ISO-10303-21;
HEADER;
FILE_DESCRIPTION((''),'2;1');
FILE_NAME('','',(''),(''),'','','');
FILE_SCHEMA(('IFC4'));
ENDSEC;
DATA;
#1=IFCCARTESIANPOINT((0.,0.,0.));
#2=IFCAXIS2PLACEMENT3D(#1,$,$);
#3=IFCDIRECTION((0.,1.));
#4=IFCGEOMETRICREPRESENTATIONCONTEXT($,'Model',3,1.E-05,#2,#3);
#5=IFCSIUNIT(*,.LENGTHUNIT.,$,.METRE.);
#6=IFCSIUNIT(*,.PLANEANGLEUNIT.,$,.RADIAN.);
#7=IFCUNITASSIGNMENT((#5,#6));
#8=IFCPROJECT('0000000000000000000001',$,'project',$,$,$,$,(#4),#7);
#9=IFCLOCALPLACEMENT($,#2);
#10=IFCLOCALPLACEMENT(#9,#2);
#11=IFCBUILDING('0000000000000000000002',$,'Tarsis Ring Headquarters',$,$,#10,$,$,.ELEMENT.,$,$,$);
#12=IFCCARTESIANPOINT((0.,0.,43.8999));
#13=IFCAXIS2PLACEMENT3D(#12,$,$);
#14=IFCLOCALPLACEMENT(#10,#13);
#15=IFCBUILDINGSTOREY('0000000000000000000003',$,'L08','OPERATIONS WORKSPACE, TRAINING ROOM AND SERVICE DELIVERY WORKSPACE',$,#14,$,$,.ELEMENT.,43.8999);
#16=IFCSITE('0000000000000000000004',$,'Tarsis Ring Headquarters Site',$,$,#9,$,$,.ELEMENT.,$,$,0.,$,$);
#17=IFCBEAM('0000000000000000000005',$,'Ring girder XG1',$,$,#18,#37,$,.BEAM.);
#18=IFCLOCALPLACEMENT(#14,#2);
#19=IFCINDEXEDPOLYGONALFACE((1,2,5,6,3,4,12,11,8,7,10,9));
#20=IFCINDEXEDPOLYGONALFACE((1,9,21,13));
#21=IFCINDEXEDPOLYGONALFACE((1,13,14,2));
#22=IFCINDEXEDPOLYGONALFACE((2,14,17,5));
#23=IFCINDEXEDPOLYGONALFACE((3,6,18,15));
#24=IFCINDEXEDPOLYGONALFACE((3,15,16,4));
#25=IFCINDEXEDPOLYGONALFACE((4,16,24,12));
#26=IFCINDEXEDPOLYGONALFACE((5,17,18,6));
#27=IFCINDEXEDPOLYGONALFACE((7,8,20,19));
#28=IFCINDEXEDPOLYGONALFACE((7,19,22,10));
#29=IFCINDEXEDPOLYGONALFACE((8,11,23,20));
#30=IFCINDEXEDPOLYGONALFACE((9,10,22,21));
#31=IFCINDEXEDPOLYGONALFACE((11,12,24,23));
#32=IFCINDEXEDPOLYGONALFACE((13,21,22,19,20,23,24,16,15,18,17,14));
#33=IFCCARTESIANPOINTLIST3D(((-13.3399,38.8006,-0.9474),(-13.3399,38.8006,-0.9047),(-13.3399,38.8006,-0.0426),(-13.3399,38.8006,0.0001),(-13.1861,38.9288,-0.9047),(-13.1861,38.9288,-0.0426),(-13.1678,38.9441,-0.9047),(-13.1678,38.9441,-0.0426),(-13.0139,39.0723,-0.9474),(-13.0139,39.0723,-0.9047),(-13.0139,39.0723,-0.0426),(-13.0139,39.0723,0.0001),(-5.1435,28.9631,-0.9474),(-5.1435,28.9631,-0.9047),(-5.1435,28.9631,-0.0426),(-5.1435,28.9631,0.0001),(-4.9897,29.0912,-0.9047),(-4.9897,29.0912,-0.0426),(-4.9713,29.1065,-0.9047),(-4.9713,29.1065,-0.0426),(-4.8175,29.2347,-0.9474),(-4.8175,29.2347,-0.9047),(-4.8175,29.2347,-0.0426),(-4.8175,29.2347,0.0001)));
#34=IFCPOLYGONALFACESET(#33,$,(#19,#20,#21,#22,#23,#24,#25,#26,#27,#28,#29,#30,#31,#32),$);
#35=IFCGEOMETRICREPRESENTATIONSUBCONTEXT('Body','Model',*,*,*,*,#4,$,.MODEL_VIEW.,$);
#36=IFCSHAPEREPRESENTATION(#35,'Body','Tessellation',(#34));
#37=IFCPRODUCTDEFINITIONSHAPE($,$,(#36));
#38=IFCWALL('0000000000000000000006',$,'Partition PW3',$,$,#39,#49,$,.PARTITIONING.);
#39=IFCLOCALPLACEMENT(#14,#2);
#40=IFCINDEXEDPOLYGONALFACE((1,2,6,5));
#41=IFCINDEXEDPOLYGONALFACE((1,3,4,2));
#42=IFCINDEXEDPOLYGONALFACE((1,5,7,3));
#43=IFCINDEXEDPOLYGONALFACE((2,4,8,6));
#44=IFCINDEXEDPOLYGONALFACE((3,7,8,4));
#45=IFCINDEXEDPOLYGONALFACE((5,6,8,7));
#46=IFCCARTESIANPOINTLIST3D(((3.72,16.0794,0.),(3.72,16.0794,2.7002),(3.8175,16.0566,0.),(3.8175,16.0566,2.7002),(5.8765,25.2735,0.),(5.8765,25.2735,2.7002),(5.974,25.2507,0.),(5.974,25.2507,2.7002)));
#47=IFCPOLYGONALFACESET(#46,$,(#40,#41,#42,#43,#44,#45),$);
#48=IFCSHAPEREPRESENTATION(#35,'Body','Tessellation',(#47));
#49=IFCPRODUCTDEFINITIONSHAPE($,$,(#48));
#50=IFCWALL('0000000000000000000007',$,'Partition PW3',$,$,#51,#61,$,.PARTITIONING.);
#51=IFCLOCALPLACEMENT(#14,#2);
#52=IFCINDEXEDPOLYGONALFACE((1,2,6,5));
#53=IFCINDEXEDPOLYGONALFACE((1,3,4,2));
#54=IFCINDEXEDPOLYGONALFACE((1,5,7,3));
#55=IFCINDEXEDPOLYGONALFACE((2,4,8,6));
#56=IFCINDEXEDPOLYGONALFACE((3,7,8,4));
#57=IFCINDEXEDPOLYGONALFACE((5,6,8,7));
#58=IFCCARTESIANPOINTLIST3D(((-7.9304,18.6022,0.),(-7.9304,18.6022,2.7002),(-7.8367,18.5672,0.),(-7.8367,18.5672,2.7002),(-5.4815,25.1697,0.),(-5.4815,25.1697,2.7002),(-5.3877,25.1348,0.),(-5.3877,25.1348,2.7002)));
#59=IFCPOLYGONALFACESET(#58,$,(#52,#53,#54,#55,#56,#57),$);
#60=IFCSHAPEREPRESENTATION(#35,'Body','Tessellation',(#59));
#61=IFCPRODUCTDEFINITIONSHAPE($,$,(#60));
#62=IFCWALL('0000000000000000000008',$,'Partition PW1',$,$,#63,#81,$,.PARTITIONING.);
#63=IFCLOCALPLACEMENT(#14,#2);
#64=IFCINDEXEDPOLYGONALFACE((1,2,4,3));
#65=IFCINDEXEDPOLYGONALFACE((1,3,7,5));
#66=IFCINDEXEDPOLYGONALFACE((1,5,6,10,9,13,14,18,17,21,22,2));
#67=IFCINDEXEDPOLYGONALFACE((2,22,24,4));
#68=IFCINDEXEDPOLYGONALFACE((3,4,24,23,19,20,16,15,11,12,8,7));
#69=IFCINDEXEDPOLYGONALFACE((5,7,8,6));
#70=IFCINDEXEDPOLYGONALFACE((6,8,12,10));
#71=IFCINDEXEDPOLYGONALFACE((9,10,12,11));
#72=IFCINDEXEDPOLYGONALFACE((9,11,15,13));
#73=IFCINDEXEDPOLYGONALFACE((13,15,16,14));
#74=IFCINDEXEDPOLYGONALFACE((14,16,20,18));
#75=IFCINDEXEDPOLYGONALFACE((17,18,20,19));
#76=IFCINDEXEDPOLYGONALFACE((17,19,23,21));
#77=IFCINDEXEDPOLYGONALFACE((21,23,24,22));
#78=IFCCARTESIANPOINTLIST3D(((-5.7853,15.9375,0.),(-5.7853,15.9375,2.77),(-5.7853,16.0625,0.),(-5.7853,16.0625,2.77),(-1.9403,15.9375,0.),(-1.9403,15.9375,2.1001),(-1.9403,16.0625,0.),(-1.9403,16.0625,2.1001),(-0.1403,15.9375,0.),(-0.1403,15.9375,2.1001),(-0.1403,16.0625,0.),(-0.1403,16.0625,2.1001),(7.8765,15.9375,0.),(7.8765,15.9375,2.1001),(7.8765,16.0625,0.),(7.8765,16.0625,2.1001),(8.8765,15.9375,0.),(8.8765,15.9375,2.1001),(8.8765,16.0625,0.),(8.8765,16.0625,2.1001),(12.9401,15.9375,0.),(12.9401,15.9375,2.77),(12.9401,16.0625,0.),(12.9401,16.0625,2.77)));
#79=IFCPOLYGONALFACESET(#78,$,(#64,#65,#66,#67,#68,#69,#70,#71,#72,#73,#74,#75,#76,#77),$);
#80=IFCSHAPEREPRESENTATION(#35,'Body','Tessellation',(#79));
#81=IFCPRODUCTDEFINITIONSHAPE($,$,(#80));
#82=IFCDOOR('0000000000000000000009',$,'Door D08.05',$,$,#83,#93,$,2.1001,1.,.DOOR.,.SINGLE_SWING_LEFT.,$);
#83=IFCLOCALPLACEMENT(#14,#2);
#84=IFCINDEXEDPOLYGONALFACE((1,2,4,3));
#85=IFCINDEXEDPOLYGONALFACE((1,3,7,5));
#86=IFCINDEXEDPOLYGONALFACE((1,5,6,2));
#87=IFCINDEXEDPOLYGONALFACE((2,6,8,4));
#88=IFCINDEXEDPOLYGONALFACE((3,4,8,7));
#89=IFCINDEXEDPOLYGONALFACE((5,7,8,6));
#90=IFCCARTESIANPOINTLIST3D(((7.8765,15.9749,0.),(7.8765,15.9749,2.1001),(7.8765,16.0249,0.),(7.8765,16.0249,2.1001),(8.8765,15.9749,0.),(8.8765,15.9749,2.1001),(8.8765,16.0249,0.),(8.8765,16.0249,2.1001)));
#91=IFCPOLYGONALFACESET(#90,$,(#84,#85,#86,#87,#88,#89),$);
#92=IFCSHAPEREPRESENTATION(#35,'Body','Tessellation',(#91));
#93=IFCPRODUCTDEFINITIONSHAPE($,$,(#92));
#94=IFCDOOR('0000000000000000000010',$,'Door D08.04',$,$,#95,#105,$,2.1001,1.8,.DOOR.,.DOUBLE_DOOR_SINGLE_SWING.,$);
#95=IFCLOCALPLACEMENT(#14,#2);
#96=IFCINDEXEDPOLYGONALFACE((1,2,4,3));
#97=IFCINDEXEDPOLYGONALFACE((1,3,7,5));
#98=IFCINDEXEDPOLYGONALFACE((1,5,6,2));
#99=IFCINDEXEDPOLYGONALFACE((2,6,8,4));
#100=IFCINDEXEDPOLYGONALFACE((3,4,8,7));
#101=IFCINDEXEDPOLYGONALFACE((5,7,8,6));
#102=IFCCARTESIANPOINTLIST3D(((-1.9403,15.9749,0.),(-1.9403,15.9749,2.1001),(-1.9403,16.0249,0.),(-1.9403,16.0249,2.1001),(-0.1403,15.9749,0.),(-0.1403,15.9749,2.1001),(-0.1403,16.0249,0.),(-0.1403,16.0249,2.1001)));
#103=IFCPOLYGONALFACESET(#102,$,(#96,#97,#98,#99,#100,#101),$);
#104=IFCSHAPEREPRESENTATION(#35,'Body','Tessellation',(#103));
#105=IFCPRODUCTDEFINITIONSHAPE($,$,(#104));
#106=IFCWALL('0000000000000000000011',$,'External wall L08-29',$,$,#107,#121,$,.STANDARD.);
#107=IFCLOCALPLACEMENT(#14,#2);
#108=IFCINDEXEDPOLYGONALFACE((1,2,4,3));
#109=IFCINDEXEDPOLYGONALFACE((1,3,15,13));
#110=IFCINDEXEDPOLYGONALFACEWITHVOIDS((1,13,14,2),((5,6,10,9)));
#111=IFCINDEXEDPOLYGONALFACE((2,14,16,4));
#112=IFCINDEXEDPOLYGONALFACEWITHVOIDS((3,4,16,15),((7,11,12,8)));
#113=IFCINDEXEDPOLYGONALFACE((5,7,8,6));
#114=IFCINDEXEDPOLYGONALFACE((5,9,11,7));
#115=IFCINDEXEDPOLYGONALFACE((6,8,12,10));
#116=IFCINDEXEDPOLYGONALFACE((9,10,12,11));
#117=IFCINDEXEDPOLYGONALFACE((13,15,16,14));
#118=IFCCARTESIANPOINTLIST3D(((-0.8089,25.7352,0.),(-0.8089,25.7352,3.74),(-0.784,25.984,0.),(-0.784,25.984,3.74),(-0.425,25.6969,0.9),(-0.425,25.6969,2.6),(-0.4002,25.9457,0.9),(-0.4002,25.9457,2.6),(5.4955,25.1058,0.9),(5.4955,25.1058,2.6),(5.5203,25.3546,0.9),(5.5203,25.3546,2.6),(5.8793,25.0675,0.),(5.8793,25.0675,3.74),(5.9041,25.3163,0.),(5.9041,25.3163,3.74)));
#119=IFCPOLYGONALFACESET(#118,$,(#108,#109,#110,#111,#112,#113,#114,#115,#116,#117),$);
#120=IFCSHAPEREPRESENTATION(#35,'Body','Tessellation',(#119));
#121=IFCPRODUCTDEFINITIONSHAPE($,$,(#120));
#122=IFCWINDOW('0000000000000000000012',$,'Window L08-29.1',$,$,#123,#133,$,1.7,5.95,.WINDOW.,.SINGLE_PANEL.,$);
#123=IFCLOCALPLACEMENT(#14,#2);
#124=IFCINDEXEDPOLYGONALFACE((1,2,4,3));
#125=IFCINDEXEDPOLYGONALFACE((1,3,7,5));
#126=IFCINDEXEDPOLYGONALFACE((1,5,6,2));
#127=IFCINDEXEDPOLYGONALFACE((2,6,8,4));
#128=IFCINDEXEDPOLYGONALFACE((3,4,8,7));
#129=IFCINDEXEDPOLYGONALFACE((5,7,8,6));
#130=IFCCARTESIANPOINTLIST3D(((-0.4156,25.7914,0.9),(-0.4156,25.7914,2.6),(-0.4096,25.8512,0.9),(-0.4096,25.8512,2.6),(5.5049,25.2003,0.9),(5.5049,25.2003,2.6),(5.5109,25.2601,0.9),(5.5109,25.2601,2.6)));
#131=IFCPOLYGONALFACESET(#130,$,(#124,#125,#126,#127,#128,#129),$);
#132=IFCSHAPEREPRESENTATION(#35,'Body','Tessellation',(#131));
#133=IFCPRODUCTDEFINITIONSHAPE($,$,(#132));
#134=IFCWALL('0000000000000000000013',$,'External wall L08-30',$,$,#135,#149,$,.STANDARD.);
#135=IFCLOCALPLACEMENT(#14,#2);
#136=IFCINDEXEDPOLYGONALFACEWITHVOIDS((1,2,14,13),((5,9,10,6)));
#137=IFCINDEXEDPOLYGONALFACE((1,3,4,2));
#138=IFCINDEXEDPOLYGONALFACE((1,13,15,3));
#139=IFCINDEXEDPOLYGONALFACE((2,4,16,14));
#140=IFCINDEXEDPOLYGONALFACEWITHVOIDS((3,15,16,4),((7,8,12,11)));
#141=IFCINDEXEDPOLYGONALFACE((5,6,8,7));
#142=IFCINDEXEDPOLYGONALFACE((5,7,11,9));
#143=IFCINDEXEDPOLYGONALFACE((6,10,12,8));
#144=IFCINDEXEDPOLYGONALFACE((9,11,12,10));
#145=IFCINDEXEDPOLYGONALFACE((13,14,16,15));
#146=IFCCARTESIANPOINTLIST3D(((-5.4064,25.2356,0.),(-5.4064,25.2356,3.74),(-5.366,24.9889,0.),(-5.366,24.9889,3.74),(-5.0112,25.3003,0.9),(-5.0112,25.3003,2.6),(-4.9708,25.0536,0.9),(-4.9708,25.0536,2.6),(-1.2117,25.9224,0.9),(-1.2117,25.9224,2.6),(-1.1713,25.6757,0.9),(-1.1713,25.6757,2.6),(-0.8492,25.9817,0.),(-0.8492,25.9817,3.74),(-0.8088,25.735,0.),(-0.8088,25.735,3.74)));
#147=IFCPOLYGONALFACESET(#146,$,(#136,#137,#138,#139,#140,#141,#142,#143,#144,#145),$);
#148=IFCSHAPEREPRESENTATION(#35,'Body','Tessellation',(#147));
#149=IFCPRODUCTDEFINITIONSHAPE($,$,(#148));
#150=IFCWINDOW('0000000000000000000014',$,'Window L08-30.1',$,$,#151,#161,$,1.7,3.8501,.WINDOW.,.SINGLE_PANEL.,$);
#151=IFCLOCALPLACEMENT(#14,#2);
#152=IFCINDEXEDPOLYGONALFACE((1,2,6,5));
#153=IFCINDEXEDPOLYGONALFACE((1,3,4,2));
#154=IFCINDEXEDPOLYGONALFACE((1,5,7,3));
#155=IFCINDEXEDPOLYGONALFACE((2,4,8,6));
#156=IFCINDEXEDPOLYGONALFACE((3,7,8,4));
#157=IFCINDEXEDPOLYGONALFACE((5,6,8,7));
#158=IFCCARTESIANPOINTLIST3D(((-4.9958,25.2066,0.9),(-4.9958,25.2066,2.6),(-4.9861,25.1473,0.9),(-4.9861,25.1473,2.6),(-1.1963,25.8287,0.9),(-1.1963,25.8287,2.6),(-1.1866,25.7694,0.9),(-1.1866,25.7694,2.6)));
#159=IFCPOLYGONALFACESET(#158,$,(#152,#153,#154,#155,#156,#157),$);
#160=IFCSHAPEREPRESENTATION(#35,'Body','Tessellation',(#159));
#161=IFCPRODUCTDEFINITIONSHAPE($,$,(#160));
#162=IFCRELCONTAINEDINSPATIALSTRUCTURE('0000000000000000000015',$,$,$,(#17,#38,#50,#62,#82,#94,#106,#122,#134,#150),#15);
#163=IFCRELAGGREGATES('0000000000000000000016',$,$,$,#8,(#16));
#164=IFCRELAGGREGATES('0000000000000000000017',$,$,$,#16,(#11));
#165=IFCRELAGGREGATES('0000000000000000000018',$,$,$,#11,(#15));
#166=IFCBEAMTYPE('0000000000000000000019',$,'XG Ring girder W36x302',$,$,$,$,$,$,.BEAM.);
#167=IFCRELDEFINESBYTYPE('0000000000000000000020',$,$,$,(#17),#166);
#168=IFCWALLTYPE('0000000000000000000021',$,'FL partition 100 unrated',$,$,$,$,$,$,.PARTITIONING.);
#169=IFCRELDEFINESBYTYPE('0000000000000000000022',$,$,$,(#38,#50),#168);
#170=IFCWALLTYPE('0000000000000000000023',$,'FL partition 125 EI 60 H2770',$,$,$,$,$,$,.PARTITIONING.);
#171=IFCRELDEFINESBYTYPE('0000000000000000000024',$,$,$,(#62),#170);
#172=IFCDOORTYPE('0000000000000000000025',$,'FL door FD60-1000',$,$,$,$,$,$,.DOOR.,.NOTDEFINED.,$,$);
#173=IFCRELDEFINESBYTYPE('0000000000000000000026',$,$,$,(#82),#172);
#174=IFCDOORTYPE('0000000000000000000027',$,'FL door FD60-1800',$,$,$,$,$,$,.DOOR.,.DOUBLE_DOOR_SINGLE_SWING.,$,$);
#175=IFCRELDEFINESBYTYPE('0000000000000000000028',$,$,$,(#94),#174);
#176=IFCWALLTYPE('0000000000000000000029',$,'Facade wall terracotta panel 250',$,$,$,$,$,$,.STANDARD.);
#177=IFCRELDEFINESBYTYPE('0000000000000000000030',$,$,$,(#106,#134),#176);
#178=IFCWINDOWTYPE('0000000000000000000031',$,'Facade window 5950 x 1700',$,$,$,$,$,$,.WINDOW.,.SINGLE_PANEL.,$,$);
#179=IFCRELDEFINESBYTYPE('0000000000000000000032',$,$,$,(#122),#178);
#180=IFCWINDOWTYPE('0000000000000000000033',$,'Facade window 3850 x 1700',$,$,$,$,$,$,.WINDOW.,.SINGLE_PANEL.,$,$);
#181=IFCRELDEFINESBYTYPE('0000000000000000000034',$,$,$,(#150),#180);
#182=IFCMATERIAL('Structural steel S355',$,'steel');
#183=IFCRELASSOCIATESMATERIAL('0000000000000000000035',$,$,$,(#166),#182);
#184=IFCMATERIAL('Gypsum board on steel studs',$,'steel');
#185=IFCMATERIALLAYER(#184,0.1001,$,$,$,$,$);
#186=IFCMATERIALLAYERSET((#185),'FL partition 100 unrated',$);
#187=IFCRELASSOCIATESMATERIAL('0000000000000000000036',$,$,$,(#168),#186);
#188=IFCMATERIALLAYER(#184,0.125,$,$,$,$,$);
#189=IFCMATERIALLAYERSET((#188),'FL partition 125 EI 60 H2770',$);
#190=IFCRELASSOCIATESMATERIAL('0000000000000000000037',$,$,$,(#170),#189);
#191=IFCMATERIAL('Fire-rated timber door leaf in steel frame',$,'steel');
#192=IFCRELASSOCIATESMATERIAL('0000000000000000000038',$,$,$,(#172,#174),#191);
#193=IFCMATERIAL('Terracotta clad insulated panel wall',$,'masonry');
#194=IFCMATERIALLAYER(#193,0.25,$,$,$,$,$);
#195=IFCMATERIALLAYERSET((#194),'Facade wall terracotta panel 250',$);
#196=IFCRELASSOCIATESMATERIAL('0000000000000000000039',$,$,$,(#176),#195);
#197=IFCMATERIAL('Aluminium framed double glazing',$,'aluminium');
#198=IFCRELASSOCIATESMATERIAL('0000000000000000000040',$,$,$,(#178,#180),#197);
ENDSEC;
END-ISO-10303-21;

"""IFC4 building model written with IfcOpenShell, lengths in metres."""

from ifc_helpers import new_model, si_unit, direction, frame, frame_2d, origin, origin_2d, place, context, subcontext, project, spatial, rectangle, i_section, extrude, material, layer, layer_set, material_profile, profile_set, type_object, element, fill, save


model = new_model("IFC4")

# Units and contexts
model_context = context("Model", 3, precision=1e-05, world=origin(), true_north=direction((0.0, 1.0)))
body_context = subcontext(model_context, "Body", "Model", "MODEL_VIEW")
ifc_project = project(units=[si_unit("LENGTHUNIT", "METRE"), si_unit("PLANEANGLEUNIT", "RADIAN")], contexts=[model_context])

# Site, building, storey
site_placement = place(None, origin())
site = spatial("IfcSite", under=ifc_project, at=site_placement, Name="Tarsis Ring Headquarters Site", CompositionType="ELEMENT", RefElevation=0.0)
building_placement = place(site_placement, origin())
building = spatial("IfcBuilding", under=site, at=building_placement, Name="Tarsis Ring Headquarters", CompositionType="ELEMENT")
storey_placement = place(building_placement, frame((0.0, 0.0, 43.8999)))
storey = spatial("IfcBuildingStorey", under=building, at=storey_placement, Name="L08", Description="OPERATIONS WORKSPACE, TRAINING ROOM AND SERVICE DELIVERY WORKSPACE", CompositionType="ELEMENT", Elevation=43.8999)

# Beam
ifc_material_1 = material(Name="Structural steel S355", Category="steel")
ifc_material_profile_1 = material_profile(ifc_material_1, i_section(OverallWidth=0.4243, OverallDepth=0.9475, WebThickness=0.0239, FlangeThickness=0.0427, at=origin_2d()), Name="W36x302")
ifc_profile_set_1 = profile_set([ifc_material_profile_1], Name="Structural steel S355")
beam_type_1 = type_object("IfcBeamType", Name="XG Ring girder W36x302", PredefinedType="BEAM", material=ifc_profile_set_1)
beam_1_placement = place(storey_placement, frame((-4.9805, 29.0989, -0.4736), z_axis=(-0.640115, 0.768279, 0.0), x_axis=(-0.768279, -0.640115, 0.0)))
element("IfcBeam", 1, at=beam_1_placement, inside=storey, type_object=beam_type_1, Name="Ring girder XG1", PredefinedType="BEAM", context=body_context, shape_type="SweptSolid", body=[
    extrude(i_section(OverallWidth=0.4243, OverallDepth=0.9475, WebThickness=0.0239, FlangeThickness=0.0427, at=origin_2d()), origin(), (0.0, 0.0, 1.0), 12.8047),
])

# Walls
ifc_material_2 = material(Name="Gypsum board on steel studs", Category="steel")
ifc_layer_1 = layer(ifc_material_2, 0.1001)
ifc_layer_set_1 = layer_set([ifc_layer_1], Name="FL partition 100 unrated")
wall_type_1 = type_object("IfcWallType", Name="FL partition 100 unrated", PredefinedType="PARTITIONING", material=ifc_layer_set_1)
wall_1_placement = place(storey_placement, frame((3.7688, 16.0681, 0.0), z_axis=(0.0, 0.0, 1.0), x_axis=(0.228355, 0.973578, 0.0)))
element("IfcWall", 2, at=wall_1_placement, inside=storey, type_object=wall_type_1, Name="Partition PW3", PredefinedType="PARTITIONING", context=body_context, shape_type="SweptSolid", body=[
    extrude(rectangle(XDim=9.4436, YDim=0.1001, at=frame_2d((4.7217, 0.0))), origin(), (0.0, 0.0, 1.0), 2.7002),
])
wall_2_placement = place(storey_placement, frame((-7.8835, 18.5847, 0.0), z_axis=(0.0, 0.0, 1.0), x_axis=(0.349386, 0.936979, 0.0)))
element("IfcWall", 3, at=wall_2_placement, inside=storey, type_object=wall_type_1, Name="Partition PW3", PredefinedType="PARTITIONING", context=body_context, shape_type="SweptSolid", body=[
    extrude(rectangle(XDim=7.0093, YDim=0.1001, at=frame_2d((3.5046, 0.0))), origin(), (0.0, 0.0, 1.0), 2.7002),
])

# Wall, openings, doors
ifc_layer_2 = layer(ifc_material_2, 0.125)
ifc_layer_set_2 = layer_set([ifc_layer_2], Name="FL partition 125 EI 60 H2770")
wall_type_2 = type_object("IfcWallType", Name="FL partition 125 EI 60 H2770", PredefinedType="PARTITIONING", material=ifc_layer_set_2)
wall_3_placement = place(storey_placement, frame((-5.7854, 16.0, 0.0), z_axis=(0.0, 0.0, 1.0), x_axis=(1.0, 0.0, 0.0)))
wall_3 = element("IfcWall", 4, at=wall_3_placement, inside=storey, type_object=wall_type_2, Name="Partition PW1", PredefinedType="PARTITIONING", context=body_context, shape_type="SweptSolid", body=[
    extrude(rectangle(XDim=18.7253, YDim=0.125, at=frame_2d((9.3628, 0.0))), origin(), (0.0, 0.0, 1.0), 2.77),
])
opening_1_placement = place(wall_3_placement, frame((3.8452, 0.0, 0.0)))
opening_1 = element("IfcOpeningElement", 5, at=opening_1_placement, cuts=wall_3, PredefinedType="OPENING", context=body_context, shape_type="SweptSolid", body=[
    extrude(rectangle(XDim=1.8, YDim=2.1001, at=frame_2d((0.8999, 1.05))), frame((0.0, 0.0725, 0.0), z_axis=(0.0, -1.0, 0.0), x_axis=(1.0, 0.0, 0.0)), (0.0, 0.0, 1.0), 0.145),
])
opening_2_placement = place(wall_3_placement, frame((13.6619, 0.0, 0.0)))
opening_2 = element("IfcOpeningElement", 6, at=opening_2_placement, cuts=wall_3, PredefinedType="OPENING", context=body_context, shape_type="SweptSolid", body=[
    extrude(rectangle(XDim=1.0, YDim=2.1001, at=frame_2d((0.5, 1.05))), frame((0.0, 0.0725, 0.0), z_axis=(0.0, -1.0, 0.0), x_axis=(1.0, 0.0, 0.0)), (0.0, 0.0, 1.0), 0.145),
])
ifc_material_3 = material(Name="Fire-rated timber door leaf in steel frame", Category="steel")
door_type_1 = type_object("IfcDoorType", Name="FL door FD60-1000", OperationType="NOTDEFINED", PredefinedType="DOOR", material=ifc_material_3)
door_1_placement = place(opening_2_placement, origin())
door_1 = element("IfcDoor", 7, at=door_1_placement, inside=storey, type_object=door_type_1, Name="Door D08.05", OperationType="SINGLE_SWING_LEFT", OverallHeight=2.1001, OverallWidth=1.0, PredefinedType="DOOR", context=body_context, shape_type="SweptSolid", body=[
    extrude(rectangle(XDim=1.0, YDim=2.1001, at=frame_2d((0.5, 1.05))), frame((0.0, 0.0249, 0.0), z_axis=(0.0, -1.0, 0.0), x_axis=(1.0, 0.0, 0.0)), (0.0, 0.0, 1.0), 0.05),
])
fill(opening_2, door_1)
door_type_2 = type_object("IfcDoorType", Name="FL door FD60-1800", OperationType="DOUBLE_DOOR_SINGLE_SWING", PredefinedType="DOOR", material=ifc_material_3)
door_2_placement = place(opening_1_placement, origin())
door_2 = element("IfcDoor", 8, at=door_2_placement, inside=storey, type_object=door_type_2, Name="Door D08.04", OperationType="DOUBLE_DOOR_SINGLE_SWING", OverallHeight=2.1001, OverallWidth=1.8, PredefinedType="DOOR", context=body_context, shape_type="SweptSolid", body=[
    extrude(rectangle(XDim=1.8, YDim=2.1001, at=frame_2d((0.8999, 1.05))), frame((0.0, 0.0249, 0.0), z_axis=(0.0, -1.0, 0.0), x_axis=(1.0, 0.0, 0.0)), (0.0, 0.0, 1.0), 0.05),
])
fill(opening_1, door_2)

# Walls, openings, windows
ifc_material_4 = material(Name="Terracotta clad insulated panel wall", Category="masonry")
ifc_layer_3 = layer(ifc_material_4, 0.25)
ifc_layer_set_3 = layer_set([ifc_layer_3], Name="Facade wall terracotta panel 250")
wall_type_3 = type_object("IfcWallType", Name="Facade wall terracotta panel 250", PredefinedType="STANDARD", material=ifc_layer_set_3)
wall_4_placement = place(storey_placement, frame((5.8918, 25.1919, 0.0), z_axis=(0.0, 0.0, 1.0), x_axis=(-0.995053, 0.099342, 0.0)))
wall_4 = element("IfcWall", 9, at=wall_4_placement, inside=storey, type_object=wall_type_3, Name="External wall L08-29", PredefinedType="STANDARD", context=body_context, shape_type="SweptSolid", body=[
    extrude(rectangle(XDim=6.7214, YDim=0.25, at=frame_2d((3.3608, 0.0))), origin(), (0.0, 0.0, 1.0), 3.74),
])
opening_3_placement = place(wall_4_placement, frame((0.3857, 0.0, 0.8999)))
opening_3 = element("IfcOpeningElement", 10, at=opening_3_placement, cuts=wall_4, PredefinedType="OPENING", context=body_context, shape_type="SweptSolid", body=[
    extrude(rectangle(XDim=5.95, YDim=1.7, at=frame_2d((2.9751, 0.8501))), frame((0.0, 0.135, 0.0), z_axis=(0.0, -1.0, 0.0), x_axis=(1.0, 0.0, 0.0)), (0.0, 0.0, 1.0), 0.27),
])
ifc_material_5 = material(Name="Aluminium framed double glazing", Category="aluminium")
window_type_1 = type_object("IfcWindowType", Name="Facade window 5950 x 1700", PartitioningType="SINGLE_PANEL", PredefinedType="WINDOW", material=ifc_material_5)
window_1_placement = place(opening_3_placement, origin())
window_1 = element("IfcWindow", 11, at=window_1_placement, inside=storey, type_object=window_type_1, Name="Window L08-29.1", OverallHeight=1.7, OverallWidth=5.95, PartitioningType="SINGLE_PANEL", PredefinedType="WINDOW", context=body_context, shape_type="SweptSolid", body=[
    extrude(rectangle(XDim=5.95, YDim=1.7, at=frame_2d((2.9751, 0.8501))), frame((0.0, 0.03, 0.0), z_axis=(0.0, -1.0, 0.0), x_axis=(1.0, 0.0, 0.0)), (0.0, 0.0, 1.0), 0.0601),
])
fill(opening_3, window_1)
wall_5_placement = place(storey_placement, frame((-0.8289, 25.8584, 0.0), z_axis=(0.0, 0.0, 1.0), x_axis=(-0.986861, -0.161569, 0.0)))
wall_5 = element("IfcWall", 12, at=wall_5_placement, inside=storey, type_object=wall_type_3, Name="External wall L08-30", PredefinedType="STANDARD", context=body_context, shape_type="SweptSolid", body=[
    extrude(rectangle(XDim=4.6179, YDim=0.25, at=frame_2d((2.3091, 0.0))), origin(), (0.0, 0.0, 1.0), 3.74),
])
opening_4_placement = place(wall_5_placement, frame((0.3674, 0.0, 0.8999)))
opening_4 = element("IfcOpeningElement", 13, at=opening_4_placement, cuts=wall_5, PredefinedType="OPENING", context=body_context, shape_type="SweptSolid", body=[
    extrude(rectangle(XDim=3.8501, YDim=1.7, at=frame_2d((1.925, 0.8501))), frame((0.0, 0.135, 0.0), z_axis=(0.0, -1.0, 0.0), x_axis=(1.0, 0.0, 0.0)), (0.0, 0.0, 1.0), 0.27),
])
window_type_2 = type_object("IfcWindowType", Name="Facade window 3850 x 1700", PartitioningType="SINGLE_PANEL", PredefinedType="WINDOW", material=ifc_material_5)
window_2_placement = place(opening_4_placement, origin())
window_2 = element("IfcWindow", 14, at=window_2_placement, inside=storey, type_object=window_type_2, Name="Window L08-30.1", OverallHeight=1.7, OverallWidth=3.8501, PartitioningType="SINGLE_PANEL", PredefinedType="WINDOW", context=body_context, shape_type="SweptSolid", body=[
    extrude(rectangle(XDim=3.8501, YDim=1.7, at=frame_2d((1.925, 0.8501))), frame((0.0, 0.03, 0.0), z_axis=(0.0, -1.0, 0.0), x_axis=(1.0, 0.0, 0.0)), (0.0, 0.0, 1.0), 0.0601),
])
fill(opening_4, window_2)

save(model, "model.ifc")
